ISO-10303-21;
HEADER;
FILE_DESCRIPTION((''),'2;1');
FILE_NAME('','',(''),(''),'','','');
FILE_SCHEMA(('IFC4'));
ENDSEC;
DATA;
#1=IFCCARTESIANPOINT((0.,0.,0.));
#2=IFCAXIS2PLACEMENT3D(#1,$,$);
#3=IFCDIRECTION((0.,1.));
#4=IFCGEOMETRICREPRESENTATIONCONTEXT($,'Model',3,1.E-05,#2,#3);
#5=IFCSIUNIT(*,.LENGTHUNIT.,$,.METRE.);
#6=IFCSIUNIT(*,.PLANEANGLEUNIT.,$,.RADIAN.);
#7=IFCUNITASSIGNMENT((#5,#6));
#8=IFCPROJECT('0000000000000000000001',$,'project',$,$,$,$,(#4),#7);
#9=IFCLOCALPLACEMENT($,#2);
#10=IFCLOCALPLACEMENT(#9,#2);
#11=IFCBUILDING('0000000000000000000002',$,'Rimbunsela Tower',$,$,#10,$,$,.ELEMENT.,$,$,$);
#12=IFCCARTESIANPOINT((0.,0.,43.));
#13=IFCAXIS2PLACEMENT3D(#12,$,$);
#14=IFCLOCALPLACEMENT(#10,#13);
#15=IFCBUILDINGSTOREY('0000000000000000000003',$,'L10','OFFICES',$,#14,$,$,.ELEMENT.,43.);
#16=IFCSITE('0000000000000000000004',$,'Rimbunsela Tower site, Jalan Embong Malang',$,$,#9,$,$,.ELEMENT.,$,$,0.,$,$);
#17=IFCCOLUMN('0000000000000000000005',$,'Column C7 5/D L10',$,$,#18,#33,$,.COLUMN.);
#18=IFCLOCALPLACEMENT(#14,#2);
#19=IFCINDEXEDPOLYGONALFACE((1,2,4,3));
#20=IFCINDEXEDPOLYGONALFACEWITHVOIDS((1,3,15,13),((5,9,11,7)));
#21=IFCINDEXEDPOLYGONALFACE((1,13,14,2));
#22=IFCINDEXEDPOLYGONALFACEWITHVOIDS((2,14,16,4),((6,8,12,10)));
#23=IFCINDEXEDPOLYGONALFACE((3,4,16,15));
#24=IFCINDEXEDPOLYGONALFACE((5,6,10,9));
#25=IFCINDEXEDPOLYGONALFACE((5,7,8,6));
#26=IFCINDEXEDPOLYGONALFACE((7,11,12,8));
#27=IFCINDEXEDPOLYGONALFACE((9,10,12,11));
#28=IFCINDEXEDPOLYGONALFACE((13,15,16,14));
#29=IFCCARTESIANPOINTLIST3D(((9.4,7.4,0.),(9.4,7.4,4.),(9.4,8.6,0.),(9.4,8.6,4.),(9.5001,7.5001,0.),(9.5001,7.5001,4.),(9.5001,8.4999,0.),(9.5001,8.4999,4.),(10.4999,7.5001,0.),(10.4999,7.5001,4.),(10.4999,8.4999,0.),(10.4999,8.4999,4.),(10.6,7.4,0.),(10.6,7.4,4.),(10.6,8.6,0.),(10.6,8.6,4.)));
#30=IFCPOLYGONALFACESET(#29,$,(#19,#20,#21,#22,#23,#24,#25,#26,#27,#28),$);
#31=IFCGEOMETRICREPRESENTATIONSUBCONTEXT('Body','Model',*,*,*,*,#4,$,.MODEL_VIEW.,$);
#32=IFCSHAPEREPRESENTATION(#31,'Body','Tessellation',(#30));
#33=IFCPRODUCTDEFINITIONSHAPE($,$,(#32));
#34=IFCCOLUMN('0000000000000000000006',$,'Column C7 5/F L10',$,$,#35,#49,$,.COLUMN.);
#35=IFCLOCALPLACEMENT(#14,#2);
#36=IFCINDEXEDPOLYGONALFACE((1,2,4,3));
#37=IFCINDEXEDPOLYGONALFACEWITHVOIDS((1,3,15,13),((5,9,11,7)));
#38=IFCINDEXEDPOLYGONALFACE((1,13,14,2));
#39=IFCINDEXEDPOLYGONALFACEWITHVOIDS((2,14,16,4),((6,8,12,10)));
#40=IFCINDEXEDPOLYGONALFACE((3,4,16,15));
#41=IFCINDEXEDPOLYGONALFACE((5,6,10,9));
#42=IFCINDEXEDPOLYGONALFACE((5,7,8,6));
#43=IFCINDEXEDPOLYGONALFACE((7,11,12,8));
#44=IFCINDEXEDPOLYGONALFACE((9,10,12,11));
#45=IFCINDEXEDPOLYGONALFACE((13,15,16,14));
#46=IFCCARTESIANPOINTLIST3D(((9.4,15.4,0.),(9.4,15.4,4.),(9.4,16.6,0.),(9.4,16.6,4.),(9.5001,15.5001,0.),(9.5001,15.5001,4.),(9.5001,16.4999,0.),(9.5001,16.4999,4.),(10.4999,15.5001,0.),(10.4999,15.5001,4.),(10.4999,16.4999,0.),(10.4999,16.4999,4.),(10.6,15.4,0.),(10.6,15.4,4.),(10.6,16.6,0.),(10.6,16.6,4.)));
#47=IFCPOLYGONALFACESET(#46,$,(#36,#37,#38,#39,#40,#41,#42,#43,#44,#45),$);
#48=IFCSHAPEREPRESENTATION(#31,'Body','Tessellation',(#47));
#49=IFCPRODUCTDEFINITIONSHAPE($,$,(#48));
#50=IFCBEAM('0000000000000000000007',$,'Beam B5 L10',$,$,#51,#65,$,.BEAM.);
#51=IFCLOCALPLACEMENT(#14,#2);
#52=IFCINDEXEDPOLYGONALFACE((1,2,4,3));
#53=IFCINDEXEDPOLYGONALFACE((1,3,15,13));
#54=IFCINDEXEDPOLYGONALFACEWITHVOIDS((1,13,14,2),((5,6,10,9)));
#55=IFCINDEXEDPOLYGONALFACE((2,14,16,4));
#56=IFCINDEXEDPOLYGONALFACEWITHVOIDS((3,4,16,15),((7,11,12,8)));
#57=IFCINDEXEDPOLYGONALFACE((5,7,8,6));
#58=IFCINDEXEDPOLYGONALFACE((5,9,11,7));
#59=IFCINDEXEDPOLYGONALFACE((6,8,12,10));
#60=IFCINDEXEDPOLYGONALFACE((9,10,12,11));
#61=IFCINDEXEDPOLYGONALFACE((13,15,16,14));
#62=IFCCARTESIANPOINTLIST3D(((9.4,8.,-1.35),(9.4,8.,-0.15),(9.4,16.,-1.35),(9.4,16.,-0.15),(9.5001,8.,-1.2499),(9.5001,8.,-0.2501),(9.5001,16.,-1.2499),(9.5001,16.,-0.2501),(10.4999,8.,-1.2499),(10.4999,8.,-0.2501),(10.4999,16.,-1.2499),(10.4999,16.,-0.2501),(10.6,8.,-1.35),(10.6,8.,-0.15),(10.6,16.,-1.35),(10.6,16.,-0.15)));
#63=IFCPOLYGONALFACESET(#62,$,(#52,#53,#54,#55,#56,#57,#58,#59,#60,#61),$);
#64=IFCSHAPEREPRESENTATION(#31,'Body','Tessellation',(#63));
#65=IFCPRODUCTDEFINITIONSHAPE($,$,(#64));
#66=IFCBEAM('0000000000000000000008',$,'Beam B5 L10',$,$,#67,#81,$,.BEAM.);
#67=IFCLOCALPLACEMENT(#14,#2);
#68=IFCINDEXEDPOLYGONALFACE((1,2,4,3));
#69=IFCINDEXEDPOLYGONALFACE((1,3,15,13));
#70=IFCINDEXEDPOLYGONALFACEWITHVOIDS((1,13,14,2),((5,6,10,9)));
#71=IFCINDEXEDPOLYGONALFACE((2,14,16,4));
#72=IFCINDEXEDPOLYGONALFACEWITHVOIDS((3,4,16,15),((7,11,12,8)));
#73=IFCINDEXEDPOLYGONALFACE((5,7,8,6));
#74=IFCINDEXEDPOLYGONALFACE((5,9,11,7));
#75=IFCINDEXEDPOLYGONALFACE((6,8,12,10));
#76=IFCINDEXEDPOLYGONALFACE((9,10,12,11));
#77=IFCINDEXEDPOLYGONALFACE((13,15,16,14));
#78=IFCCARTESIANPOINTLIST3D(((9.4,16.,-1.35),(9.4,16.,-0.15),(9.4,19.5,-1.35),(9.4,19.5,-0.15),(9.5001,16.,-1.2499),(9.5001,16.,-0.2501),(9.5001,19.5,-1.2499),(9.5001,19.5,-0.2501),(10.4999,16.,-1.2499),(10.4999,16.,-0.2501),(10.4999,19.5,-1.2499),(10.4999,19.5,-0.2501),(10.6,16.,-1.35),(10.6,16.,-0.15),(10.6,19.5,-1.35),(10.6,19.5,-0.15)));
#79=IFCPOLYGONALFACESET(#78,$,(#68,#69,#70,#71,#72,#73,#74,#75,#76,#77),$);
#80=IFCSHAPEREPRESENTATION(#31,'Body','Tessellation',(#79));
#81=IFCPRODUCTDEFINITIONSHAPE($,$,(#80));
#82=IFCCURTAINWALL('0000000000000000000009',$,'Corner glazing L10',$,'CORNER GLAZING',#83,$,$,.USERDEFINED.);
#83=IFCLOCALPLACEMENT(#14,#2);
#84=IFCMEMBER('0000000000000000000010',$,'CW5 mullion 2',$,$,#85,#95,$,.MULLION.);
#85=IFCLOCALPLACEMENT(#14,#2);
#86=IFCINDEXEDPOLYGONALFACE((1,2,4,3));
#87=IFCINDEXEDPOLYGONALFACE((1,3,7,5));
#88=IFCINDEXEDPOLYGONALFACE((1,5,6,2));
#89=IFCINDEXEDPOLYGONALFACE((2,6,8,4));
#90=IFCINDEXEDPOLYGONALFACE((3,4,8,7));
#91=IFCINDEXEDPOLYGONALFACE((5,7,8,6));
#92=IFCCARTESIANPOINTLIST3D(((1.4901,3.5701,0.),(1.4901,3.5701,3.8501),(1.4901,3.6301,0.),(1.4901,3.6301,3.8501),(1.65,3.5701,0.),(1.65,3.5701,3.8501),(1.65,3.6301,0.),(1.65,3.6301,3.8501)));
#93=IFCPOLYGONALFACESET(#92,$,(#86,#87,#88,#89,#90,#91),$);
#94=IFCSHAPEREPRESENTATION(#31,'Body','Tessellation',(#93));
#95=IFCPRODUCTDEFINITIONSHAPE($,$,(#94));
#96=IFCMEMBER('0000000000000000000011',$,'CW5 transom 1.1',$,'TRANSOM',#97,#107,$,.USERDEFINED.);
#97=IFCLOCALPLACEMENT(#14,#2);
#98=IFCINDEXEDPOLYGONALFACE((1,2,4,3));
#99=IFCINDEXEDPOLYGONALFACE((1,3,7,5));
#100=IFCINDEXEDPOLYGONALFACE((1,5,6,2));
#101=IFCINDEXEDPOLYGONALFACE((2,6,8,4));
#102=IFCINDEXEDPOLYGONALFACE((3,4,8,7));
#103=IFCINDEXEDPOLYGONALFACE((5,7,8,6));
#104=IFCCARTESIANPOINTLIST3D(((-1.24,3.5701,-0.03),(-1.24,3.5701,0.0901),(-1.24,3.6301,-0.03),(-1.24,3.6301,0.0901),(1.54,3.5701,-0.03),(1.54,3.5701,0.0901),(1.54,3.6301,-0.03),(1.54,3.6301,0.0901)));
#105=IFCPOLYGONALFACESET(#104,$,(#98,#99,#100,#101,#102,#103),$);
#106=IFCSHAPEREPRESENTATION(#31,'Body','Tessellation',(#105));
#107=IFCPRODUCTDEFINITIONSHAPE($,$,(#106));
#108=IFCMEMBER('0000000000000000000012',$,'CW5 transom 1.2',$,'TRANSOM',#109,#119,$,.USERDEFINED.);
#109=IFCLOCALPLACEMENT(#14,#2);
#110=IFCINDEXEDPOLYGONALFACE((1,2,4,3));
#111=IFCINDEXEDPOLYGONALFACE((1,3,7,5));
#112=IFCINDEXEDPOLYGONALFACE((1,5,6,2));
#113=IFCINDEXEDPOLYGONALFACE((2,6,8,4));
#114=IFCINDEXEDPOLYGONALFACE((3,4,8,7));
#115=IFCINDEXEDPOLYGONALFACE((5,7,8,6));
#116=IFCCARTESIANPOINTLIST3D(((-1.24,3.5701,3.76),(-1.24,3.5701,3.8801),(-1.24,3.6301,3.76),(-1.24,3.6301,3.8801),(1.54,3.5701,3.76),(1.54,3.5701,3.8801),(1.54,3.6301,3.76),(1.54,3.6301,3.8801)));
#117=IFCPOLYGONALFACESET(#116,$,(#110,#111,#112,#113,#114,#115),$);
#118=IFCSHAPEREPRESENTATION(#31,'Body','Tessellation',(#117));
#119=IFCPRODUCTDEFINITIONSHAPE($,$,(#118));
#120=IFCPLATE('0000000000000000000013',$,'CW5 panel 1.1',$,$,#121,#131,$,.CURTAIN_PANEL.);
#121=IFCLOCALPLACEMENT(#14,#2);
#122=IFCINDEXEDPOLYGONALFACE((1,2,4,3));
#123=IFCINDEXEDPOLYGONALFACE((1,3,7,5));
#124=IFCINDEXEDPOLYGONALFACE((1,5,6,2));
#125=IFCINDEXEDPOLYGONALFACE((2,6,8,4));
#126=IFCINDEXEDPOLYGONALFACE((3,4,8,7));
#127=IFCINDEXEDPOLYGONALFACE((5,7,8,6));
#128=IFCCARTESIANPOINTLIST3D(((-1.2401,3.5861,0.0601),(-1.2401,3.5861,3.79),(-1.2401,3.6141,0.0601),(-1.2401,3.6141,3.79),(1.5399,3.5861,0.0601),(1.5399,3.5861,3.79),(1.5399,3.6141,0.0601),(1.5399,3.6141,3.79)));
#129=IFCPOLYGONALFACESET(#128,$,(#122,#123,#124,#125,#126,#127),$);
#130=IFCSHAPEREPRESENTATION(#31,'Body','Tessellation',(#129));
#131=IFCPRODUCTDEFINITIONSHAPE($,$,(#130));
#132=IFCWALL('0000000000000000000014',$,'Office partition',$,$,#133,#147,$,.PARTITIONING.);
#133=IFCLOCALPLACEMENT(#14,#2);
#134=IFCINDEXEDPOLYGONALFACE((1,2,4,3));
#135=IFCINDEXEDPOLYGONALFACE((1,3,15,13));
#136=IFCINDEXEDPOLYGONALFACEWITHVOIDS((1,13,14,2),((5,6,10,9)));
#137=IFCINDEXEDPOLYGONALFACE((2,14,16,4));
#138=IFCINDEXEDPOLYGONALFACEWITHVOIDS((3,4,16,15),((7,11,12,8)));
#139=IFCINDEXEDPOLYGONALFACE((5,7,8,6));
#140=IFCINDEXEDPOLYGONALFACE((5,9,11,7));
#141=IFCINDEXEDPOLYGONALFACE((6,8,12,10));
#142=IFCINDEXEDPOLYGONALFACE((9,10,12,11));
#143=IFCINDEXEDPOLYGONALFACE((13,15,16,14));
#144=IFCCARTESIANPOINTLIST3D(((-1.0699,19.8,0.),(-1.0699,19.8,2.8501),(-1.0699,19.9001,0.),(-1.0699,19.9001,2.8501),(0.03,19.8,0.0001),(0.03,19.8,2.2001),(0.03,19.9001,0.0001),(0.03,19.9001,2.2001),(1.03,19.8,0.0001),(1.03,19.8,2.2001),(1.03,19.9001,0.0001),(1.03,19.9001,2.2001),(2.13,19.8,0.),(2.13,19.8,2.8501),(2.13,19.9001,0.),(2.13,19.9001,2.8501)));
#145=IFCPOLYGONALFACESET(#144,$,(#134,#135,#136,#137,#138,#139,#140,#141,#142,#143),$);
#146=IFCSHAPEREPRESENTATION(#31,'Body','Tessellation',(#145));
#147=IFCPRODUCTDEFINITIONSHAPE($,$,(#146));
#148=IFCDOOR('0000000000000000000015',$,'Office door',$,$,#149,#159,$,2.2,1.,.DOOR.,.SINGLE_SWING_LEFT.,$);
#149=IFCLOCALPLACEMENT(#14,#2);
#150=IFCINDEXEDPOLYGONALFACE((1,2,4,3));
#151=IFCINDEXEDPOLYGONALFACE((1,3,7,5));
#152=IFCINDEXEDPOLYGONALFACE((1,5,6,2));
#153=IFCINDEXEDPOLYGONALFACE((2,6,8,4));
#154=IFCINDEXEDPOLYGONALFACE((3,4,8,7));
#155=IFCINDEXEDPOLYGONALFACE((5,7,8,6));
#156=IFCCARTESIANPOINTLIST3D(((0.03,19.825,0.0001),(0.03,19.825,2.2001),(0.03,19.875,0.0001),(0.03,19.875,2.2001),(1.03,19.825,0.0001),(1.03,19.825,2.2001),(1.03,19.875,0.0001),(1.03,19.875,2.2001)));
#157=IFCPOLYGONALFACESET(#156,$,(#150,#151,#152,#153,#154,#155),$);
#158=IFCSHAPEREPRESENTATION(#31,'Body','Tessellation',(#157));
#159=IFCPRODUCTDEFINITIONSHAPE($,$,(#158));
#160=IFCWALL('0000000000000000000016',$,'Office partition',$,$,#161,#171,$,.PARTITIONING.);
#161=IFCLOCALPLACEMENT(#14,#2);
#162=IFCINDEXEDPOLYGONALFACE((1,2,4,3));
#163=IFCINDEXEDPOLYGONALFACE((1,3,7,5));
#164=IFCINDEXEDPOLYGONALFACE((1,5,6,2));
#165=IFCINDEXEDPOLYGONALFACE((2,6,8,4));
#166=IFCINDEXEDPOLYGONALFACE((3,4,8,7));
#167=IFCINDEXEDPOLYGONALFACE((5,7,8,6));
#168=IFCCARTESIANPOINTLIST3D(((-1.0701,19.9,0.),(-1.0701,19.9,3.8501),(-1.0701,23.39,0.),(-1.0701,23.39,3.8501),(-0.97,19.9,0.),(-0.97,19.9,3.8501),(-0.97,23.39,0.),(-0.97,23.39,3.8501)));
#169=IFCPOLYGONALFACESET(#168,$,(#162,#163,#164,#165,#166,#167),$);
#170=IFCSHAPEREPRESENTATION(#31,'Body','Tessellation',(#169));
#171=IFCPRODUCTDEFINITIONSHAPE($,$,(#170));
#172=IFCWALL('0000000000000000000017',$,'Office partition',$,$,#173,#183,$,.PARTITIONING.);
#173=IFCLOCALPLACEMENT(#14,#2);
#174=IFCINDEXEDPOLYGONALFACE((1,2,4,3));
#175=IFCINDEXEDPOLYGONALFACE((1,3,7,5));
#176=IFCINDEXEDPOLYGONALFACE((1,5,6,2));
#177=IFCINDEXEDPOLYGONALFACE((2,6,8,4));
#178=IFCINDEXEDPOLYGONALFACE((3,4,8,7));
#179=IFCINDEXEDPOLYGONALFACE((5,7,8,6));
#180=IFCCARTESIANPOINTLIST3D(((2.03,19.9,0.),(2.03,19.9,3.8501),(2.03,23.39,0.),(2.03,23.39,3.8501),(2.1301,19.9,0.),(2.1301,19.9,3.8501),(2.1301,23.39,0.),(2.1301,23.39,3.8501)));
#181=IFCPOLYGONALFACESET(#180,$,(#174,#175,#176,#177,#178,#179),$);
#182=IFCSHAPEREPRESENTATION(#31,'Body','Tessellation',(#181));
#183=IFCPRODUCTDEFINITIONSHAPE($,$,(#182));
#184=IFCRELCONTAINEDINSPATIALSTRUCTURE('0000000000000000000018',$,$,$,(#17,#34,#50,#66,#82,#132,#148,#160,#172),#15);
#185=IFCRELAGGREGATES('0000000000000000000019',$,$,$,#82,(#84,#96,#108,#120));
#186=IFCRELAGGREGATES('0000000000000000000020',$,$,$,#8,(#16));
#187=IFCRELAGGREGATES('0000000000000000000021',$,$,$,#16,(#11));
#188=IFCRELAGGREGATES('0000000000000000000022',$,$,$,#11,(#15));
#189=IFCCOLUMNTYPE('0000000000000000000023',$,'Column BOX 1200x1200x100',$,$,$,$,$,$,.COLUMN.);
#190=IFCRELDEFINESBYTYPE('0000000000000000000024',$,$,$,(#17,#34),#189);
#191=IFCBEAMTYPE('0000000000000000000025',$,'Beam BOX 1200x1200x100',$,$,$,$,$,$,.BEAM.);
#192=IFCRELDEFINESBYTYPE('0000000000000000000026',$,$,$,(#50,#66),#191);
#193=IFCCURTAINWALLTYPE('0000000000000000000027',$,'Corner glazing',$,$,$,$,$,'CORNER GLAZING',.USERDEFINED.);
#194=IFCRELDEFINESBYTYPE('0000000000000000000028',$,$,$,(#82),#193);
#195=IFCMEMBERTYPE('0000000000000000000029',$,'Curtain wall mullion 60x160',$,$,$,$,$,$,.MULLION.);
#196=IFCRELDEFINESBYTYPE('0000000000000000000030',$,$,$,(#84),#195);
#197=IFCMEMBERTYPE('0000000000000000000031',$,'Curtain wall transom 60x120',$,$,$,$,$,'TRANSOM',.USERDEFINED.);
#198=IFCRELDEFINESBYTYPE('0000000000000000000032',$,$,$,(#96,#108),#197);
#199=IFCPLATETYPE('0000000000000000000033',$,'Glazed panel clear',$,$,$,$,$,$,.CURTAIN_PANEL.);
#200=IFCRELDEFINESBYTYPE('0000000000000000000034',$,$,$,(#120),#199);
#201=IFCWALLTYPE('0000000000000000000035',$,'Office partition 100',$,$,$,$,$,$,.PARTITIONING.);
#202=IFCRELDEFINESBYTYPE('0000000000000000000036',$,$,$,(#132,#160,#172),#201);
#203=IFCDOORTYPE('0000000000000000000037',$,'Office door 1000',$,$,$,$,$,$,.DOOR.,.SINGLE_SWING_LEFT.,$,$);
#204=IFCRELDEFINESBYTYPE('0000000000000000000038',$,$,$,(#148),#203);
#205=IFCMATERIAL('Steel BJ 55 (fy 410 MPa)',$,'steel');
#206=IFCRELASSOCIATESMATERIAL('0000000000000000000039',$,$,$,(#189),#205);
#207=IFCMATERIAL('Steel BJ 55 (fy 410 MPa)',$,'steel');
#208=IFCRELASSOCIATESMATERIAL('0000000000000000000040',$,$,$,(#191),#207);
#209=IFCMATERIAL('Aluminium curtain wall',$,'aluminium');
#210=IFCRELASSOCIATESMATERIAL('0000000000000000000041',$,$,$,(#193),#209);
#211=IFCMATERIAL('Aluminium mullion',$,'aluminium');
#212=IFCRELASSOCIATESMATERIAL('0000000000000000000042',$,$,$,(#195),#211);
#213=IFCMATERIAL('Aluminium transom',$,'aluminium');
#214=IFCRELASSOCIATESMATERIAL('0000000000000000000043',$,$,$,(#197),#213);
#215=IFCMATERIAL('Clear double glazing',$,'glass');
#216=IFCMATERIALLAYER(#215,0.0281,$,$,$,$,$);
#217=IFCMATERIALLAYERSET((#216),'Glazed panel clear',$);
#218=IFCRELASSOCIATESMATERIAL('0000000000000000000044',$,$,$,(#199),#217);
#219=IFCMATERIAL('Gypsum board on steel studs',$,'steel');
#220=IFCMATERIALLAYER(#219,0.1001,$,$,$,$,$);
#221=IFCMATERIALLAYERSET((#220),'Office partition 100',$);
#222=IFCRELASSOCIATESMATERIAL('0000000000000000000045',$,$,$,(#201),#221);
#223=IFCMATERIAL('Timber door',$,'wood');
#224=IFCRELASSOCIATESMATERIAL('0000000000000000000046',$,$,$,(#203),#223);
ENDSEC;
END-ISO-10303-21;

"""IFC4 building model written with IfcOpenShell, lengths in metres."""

from ifc_helpers import new_model, si_unit, direction, frame, frame_2d, origin, origin_2d, place, context, subcontext, project, spatial, rectangle, hollow_rectangle, extrude, material, layer, layer_set, material_profile, profile_set, type_object, element, fill, aggregate, save


model = new_model("IFC4")

# Units and contexts
model_context = context("Model", 3, precision=1e-05, world=origin(), true_north=direction((0.0, 1.0)))
body_context = subcontext(model_context, "Body", "Model", "MODEL_VIEW")
ifc_project = project(units=[si_unit("LENGTHUNIT", "METRE"), si_unit("PLANEANGLEUNIT", "RADIAN")], contexts=[model_context])

# Site, building, storey
site_placement = place(None, origin())
site = spatial("IfcSite", under=ifc_project, at=site_placement, Name="Rimbunsela Tower site, Jalan Embong Malang", CompositionType="ELEMENT", RefElevation=0.0)
building_placement = place(site_placement, origin())
building = spatial("IfcBuilding", under=site, at=building_placement, Name="Rimbunsela Tower", CompositionType="ELEMENT")
storey_placement = place(building_placement, frame((0.0, 0.0, 43.0)))
storey = spatial("IfcBuildingStorey", under=building, at=storey_placement, Name="L10", Description="OFFICES", CompositionType="ELEMENT", Elevation=43.0)

# Columns
ifc_material_1 = material(Name="Steel BJ 55 (fy 410 MPa)", Category="steel")
ifc_material_profile_1 = material_profile(ifc_material_1, hollow_rectangle(XDim=1.2, YDim=1.2, WallThickness=0.1001, at=origin_2d()), Name="BOX 1200x1200x100")
ifc_profile_set_1 = profile_set([ifc_material_profile_1], Name="Steel BJ 55 (fy 410 MPa)")
column_type = type_object("IfcColumnType", Name="Column BOX 1200x1200x100", PredefinedType="COLUMN", material=ifc_profile_set_1)
for number, where, z_axis, x_axis, name in (
    (1, (10.0, 8.0, 0.0), (0.0, 0.0, 1.0), (1.0, 0.0, 0.0), "Column C7 5/D L10"),
    (2, (10.0, 16.0, 0.0), (0.0, 0.0, 1.0), (1.0, 0.0, 0.0), "Column C7 5/F L10"),
):
    element("IfcColumn", number, at=place(storey_placement, frame(where, z_axis=z_axis, x_axis=x_axis)), inside=storey, type_object=column_type, Name=name, PredefinedType="COLUMN", context=body_context, shape_type="SweptSolid", body=[
        extrude(hollow_rectangle(XDim=1.2, YDim=1.2, WallThickness=0.1001, at=origin_2d()), origin(), (0.0, 0.0, 1.0), 4.0),
    ])

# Beams
ifc_material_2 = material(Name="Steel BJ 55 (fy 410 MPa)", Category="steel")
ifc_material_profile_2 = material_profile(ifc_material_2, hollow_rectangle(XDim=1.2, YDim=1.2, WallThickness=0.1001, at=origin_2d()), Name="BOX 1200x1200x100")
ifc_profile_set_2 = profile_set([ifc_material_profile_2], Name="Steel BJ 55 (fy 410 MPa)")
beam_type = type_object("IfcBeamType", Name="Beam BOX 1200x1200x100", PredefinedType="BEAM", material=ifc_profile_set_2)
beam_1_placement = place(storey_placement, frame((10.0, 8.0, -0.75), z_axis=(0.0, 1.0, 0.0), x_axis=(-1.0, 0.0, 0.0)))
element("IfcBeam", 3, at=beam_1_placement, inside=storey, type_object=beam_type, Name="Beam B5 L10", PredefinedType="BEAM", context=body_context, shape_type="SweptSolid", body=[
    extrude(hollow_rectangle(XDim=1.2, YDim=1.2, WallThickness=0.1001, at=origin_2d()), origin(), (0.0, 0.0, 1.0), 8.0),
])
beam_2_placement = place(storey_placement, frame((10.0, 16.0, -0.75), z_axis=(0.0, 1.0, 0.0), x_axis=(-1.0, 0.0, 0.0)))
element("IfcBeam", 4, at=beam_2_placement, inside=storey, type_object=beam_type, Name="Beam B5 L10", PredefinedType="BEAM", context=body_context, shape_type="SweptSolid", body=[
    extrude(hollow_rectangle(XDim=1.2, YDim=1.2, WallThickness=0.1001, at=origin_2d()), origin(), (0.0, 0.0, 1.0), 3.5),
])

# Curtain wall, members, plate
ifc_material_3 = material(Name="Aluminium curtain wall", Category="aluminium")
curtain_wall_type = type_object("IfcCurtainWallType", Name="Corner glazing", ElementType="CORNER GLAZING", PredefinedType="USERDEFINED", material=ifc_material_3)
curtain_wall_placement = place(storey_placement, origin())
curtain_wall = element("IfcCurtainWall", 5, at=curtain_wall_placement, inside=storey, type_object=curtain_wall_type, Name="Corner glazing L10", ObjectType="CORNER GLAZING", PredefinedType="USERDEFINED")
ifc_material_4 = material(Name="Aluminium mullion", Category="aluminium")
ifc_material_profile_3 = material_profile(ifc_material_4, rectangle(XDim=0.0601, YDim=0.1599, at=origin_2d()), Name="Mullion 60x160")
ifc_profile_set_3 = profile_set([ifc_material_profile_3], Name="Aluminium mullion")
member_type_1 = type_object("IfcMemberType", Name="Curtain wall mullion 60x160", PredefinedType="MULLION", material=ifc_profile_set_3)
member_1_placement = place(storey_placement, frame((1.5701, 3.6001, 0.0), z_axis=(0.0, 0.0, 1.0), x_axis=(0.0, 1.0, 0.0)))
member_1 = element("IfcMember", 6, at=member_1_placement, type_object=member_type_1, Name="CW5 mullion 2", PredefinedType="MULLION", context=body_context, shape_type="SweptSolid", body=[
    extrude(rectangle(XDim=0.0601, YDim=0.1599, at=origin_2d()), origin(), (0.0, 0.0, 1.0), 3.8501),
])
ifc_material_5 = material(Name="Aluminium transom", Category="aluminium")
ifc_material_profile_4 = material_profile(ifc_material_5, rectangle(XDim=0.0601, YDim=0.1201, at=origin_2d()), Name="Transom 60x120")
ifc_profile_set_4 = profile_set([ifc_material_profile_4], Name="Aluminium transom")
member_type_2 = type_object("IfcMemberType", Name="Curtain wall transom 60x120", ElementType="TRANSOM", PredefinedType="USERDEFINED", material=ifc_profile_set_4)
member_2_placement = place(storey_placement, frame((-1.24, 3.6001, 0.03), z_axis=(1.0, 0.0, 0.0), x_axis=(0.0, 1.0, 0.0)))
member_2 = element("IfcMember", 7, at=member_2_placement, type_object=member_type_2, Name="CW5 transom 1.1", ObjectType="TRANSOM", PredefinedType="USERDEFINED", context=body_context, shape_type="SweptSolid", body=[
    extrude(rectangle(XDim=0.0601, YDim=0.1201, at=origin_2d()), origin(), (0.0, 0.0, 1.0), 2.78),
])
member_3_placement = place(storey_placement, frame((-1.24, 3.6001, 3.8201), z_axis=(1.0, 0.0, 0.0), x_axis=(0.0, 1.0, 0.0)))
member_3 = element("IfcMember", 8, at=member_3_placement, type_object=member_type_2, Name="CW5 transom 1.2", ObjectType="TRANSOM", PredefinedType="USERDEFINED", context=body_context, shape_type="SweptSolid", body=[
    extrude(rectangle(XDim=0.0601, YDim=0.1201, at=origin_2d()), origin(), (0.0, 0.0, 1.0), 2.78),
])
ifc_material_6 = material(Name="Clear double glazing", Category="glass")
ifc_layer_1 = layer(ifc_material_6, 0.0281)
ifc_layer_set_1 = layer_set([ifc_layer_1], Name="Glazed panel clear")
plate_type = type_object("IfcPlateType", Name="Glazed panel clear", PredefinedType="CURTAIN_PANEL", material=ifc_layer_set_1)
plate_placement = place(storey_placement, frame((0.1499, 3.6001, 0.0601), z_axis=(0.0, 0.0, 1.0), x_axis=(1.0, 0.0, 0.0)))
plate = element("IfcPlate", 9, at=plate_placement, type_object=plate_type, Name="CW5 panel 1.1", PredefinedType="CURTAIN_PANEL", context=body_context, shape_type="SweptSolid", body=[
    extrude(rectangle(XDim=2.78, YDim=0.0281, at=origin_2d()), origin(), (0.0, 0.0, 1.0), 3.73),
])
aggregate(curtain_wall, [member_1, member_2, member_3, plate])

# Wall, opening, door
ifc_material_7 = material(Name="Gypsum board on steel studs", Category="steel")
ifc_layer_2 = layer(ifc_material_7, 0.1001)
ifc_layer_set_2 = layer_set([ifc_layer_2], Name="Office partition 100")
wall_type = type_object("IfcWallType", Name="Office partition 100", PredefinedType="PARTITIONING", material=ifc_layer_set_2)
wall_1_placement = place(storey_placement, frame((-1.0701, 19.8501, 0.0), z_axis=(0.0, 0.0, 1.0), x_axis=(1.0, 0.0, 0.0)))
wall_1 = element("IfcWall", 10, at=wall_1_placement, inside=storey, type_object=wall_type, Name="Office partition", PredefinedType="PARTITIONING", context=body_context, shape_type="SweptSolid", body=[
    extrude(rectangle(XDim=3.2, YDim=0.1001, at=frame_2d((1.6001, 0.0))), origin(), (0.0, 0.0, 1.0), 2.8501),
])
opening_placement = place(wall_1_placement, frame((1.1001, 0.0, 0.0)))
opening = element("IfcOpeningElement", 11, at=opening_placement, cuts=wall_1, PredefinedType="OPENING", context=body_context, shape_type="SweptSolid", body=[
    extrude(rectangle(XDim=1.0, YDim=2.2, at=frame_2d((0.5, 1.1001))), frame((0.0, 0.0601, 0.0), z_axis=(0.0, -1.0, 0.0), x_axis=(1.0, 0.0, 0.0)), (0.0, 0.0, 1.0), 0.1201),
])
ifc_material_8 = material(Name="Timber door", Category="wood")
door_type = type_object("IfcDoorType", Name="Office door 1000", OperationType="SINGLE_SWING_LEFT", PredefinedType="DOOR", material=ifc_material_8)
door_placement = place(opening_placement, origin())
door = element("IfcDoor", 12, at=door_placement, inside=storey, type_object=door_type, Name="Office door", OperationType="SINGLE_SWING_LEFT", OverallHeight=2.2, OverallWidth=1.0, PredefinedType="DOOR", context=body_context, shape_type="SweptSolid", body=[
    extrude(rectangle(XDim=1.0, YDim=2.2, at=frame_2d((0.5, 1.1001))), frame((0.0, 0.0249, 0.0), z_axis=(0.0, -1.0, 0.0), x_axis=(1.0, 0.0, 0.0)), (0.0, 0.0, 1.0), 0.05),
])
fill(opening, door)

# Walls
for number, where, z_axis, x_axis, name in (
    (13, (-1.02, 19.8999, 0.0), (0.0, 0.0, 1.0), (0.0, 1.0, 0.0), "Office partition"),
    (14, (2.0801, 19.8999, 0.0), (0.0, 0.0, 1.0), (0.0, 1.0, 0.0), "Office partition"),
):
    element("IfcWall", number, at=place(storey_placement, frame(where, z_axis=z_axis, x_axis=x_axis)), inside=storey, type_object=wall_type, Name=name, PredefinedType="PARTITIONING", context=body_context, shape_type="SweptSolid", body=[
        extrude(rectangle(XDim=3.49, YDim=0.1001, at=frame_2d((1.7451, 0.0))), origin(), (0.0, 0.0, 1.0), 3.8501),
    ])

save(model, "model.ifc")
